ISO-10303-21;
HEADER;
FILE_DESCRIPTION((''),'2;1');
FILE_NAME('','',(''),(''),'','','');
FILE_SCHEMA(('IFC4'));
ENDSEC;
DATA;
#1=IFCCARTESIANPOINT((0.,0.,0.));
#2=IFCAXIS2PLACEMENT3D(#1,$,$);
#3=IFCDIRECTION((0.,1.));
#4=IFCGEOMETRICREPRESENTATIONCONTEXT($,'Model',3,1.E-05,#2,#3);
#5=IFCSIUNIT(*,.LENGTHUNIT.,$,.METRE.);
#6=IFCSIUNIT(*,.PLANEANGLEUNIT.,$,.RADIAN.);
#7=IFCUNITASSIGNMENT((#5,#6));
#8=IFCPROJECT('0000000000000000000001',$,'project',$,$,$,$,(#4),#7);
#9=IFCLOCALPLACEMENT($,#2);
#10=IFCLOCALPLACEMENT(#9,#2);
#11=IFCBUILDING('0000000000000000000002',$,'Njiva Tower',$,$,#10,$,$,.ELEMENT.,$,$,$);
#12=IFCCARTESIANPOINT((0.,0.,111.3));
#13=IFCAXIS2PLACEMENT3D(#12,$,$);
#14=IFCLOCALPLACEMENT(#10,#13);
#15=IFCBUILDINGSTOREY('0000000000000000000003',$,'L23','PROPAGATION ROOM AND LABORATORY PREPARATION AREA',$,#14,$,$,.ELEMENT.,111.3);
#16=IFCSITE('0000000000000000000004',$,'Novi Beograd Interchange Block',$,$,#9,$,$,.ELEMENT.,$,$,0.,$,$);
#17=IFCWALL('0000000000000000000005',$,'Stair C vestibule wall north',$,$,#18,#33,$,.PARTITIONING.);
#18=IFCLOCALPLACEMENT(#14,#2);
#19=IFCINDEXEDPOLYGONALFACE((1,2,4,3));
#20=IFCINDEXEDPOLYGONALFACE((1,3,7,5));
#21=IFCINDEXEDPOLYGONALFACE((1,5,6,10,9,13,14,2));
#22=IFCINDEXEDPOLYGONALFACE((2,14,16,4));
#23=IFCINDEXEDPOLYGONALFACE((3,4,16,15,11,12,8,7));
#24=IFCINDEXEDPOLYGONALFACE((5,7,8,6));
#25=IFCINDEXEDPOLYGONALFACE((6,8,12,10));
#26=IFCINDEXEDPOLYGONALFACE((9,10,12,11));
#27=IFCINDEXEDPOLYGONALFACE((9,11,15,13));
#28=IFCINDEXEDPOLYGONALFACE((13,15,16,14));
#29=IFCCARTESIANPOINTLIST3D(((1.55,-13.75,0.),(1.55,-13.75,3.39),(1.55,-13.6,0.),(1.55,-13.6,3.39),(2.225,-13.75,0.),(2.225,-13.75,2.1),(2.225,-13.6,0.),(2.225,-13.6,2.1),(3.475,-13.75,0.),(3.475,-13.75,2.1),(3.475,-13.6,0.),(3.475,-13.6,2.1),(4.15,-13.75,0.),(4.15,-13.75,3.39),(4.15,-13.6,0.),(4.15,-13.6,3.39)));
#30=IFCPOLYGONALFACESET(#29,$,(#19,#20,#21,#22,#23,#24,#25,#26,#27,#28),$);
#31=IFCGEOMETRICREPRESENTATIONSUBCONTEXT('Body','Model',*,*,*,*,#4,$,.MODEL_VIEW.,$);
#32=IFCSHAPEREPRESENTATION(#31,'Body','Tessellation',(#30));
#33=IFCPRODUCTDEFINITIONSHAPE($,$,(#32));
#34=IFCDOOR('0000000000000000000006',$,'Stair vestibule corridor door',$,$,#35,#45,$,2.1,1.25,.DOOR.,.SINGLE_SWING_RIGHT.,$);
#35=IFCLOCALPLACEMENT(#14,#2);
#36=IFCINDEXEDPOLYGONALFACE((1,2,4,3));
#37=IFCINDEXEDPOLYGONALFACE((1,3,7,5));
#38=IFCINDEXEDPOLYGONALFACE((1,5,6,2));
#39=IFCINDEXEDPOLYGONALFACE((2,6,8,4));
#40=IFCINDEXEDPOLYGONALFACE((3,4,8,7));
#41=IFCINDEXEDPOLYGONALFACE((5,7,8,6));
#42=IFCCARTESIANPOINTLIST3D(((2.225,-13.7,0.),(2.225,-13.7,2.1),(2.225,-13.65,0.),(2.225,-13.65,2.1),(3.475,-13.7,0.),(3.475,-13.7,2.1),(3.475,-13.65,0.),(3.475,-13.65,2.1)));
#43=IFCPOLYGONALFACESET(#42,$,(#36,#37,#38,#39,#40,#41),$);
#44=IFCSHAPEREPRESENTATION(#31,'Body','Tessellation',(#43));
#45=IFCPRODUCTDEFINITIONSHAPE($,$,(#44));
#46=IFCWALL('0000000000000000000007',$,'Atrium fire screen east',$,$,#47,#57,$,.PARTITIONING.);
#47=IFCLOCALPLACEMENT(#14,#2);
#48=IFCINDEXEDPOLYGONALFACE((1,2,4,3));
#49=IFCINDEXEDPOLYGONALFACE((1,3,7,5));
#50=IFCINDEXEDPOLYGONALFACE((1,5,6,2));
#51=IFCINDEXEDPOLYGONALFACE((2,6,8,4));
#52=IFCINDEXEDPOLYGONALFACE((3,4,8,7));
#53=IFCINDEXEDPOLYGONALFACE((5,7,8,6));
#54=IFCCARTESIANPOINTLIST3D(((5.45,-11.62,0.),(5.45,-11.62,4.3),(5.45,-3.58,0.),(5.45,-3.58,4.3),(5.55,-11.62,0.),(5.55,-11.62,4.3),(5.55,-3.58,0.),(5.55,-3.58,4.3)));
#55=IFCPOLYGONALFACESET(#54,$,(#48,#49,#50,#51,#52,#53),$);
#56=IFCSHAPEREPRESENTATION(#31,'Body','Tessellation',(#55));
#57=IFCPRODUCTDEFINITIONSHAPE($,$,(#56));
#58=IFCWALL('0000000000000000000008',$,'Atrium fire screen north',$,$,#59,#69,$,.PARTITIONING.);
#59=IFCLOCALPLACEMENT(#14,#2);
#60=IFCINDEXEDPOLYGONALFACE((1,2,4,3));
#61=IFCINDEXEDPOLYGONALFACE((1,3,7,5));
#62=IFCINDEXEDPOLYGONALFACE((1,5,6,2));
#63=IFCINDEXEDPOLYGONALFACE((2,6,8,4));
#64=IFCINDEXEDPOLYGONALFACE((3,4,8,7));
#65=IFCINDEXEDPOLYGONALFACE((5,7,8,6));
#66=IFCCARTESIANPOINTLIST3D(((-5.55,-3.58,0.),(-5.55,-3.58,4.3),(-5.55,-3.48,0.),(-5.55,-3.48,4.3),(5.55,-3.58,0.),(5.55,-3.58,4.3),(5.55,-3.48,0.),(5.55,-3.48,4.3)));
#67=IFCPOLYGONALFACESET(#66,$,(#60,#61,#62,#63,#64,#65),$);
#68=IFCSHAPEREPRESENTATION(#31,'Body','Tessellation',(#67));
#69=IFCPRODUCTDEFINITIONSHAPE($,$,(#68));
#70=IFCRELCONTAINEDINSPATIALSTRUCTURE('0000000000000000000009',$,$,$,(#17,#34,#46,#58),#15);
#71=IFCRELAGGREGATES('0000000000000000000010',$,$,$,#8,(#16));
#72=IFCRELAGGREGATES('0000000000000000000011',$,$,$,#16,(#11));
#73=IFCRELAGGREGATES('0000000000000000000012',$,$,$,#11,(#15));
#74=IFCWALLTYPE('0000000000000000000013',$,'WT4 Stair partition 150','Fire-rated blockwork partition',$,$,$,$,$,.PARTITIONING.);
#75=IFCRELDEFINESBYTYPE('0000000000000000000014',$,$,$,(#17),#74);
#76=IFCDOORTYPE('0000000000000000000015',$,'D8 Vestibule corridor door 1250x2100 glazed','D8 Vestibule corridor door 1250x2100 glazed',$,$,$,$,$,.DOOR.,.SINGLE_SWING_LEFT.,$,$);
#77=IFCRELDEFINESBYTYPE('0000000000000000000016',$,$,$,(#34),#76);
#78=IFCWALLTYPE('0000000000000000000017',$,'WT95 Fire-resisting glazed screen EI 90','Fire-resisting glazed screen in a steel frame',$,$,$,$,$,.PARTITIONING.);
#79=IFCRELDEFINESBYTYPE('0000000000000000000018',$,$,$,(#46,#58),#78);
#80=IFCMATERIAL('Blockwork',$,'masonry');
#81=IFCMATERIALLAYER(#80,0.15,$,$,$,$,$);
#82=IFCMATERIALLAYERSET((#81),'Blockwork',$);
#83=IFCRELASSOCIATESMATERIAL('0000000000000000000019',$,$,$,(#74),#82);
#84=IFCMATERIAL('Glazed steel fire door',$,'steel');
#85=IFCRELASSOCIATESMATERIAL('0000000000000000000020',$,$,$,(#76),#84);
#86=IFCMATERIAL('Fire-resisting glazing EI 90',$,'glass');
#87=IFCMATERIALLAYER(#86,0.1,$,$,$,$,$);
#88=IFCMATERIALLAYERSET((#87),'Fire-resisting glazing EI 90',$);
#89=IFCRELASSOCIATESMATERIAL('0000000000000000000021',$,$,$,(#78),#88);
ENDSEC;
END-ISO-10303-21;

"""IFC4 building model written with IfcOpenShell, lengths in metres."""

from ifc_helpers import new_model, si_unit, direction, frame, frame_2d, origin, place, context, subcontext, project, spatial, rectangle, extrude, material, layer, layer_set, type_object, element, fill, save


model = new_model("IFC4")

# Units and contexts
model_context = context("Model", 3, precision=1e-05, world=origin(), true_north=direction((0.0, 1.0)))
body_context = subcontext(model_context, "Body", "Model", "MODEL_VIEW")
ifc_project = project(units=[si_unit("LENGTHUNIT", "METRE"), si_unit("PLANEANGLEUNIT", "RADIAN")], contexts=[model_context])

# Site, building, storey
site_placement = place(None, origin())
site = spatial("IfcSite", under=ifc_project, at=site_placement, Name="Novi Beograd Interchange Block", CompositionType="ELEMENT", RefElevation=0.0)
building_placement = place(site_placement, origin())
building = spatial("IfcBuilding", under=site, at=building_placement, Name="Njiva Tower", CompositionType="ELEMENT")
storey_placement = place(building_placement, frame((0.0, 0.0, 111.3)))
storey = spatial("IfcBuildingStorey", under=building, at=storey_placement, Name="L23", Description="PROPAGATION ROOM AND LABORATORY PREPARATION AREA", CompositionType="ELEMENT", Elevation=111.3)

# Wall, opening, door
ifc_material_1 = material(Name="Blockwork", Category="masonry")
ifc_layer_1 = layer(ifc_material_1, 0.15)
ifc_layer_set_1 = layer_set([ifc_layer_1], Name="Blockwork")
wall_type_1 = type_object("IfcWallType", Name="WT4 Stair partition 150", Description="Fire-rated blockwork partition", PredefinedType="PARTITIONING", material=ifc_layer_set_1)
wall_1_placement = place(storey_placement, frame((1.55, -13.675, 0.0), z_axis=(0.0, 0.0, 1.0), x_axis=(1.0, 0.0, 0.0)))
wall_1 = element("IfcWall", 1, at=wall_1_placement, inside=storey, type_object=wall_type_1, Name="Stair C vestibule wall north", PredefinedType="PARTITIONING", context=body_context, shape_type="SweptSolid", body=[
    extrude(rectangle(XDim=2.6, YDim=0.15, at=frame_2d((1.3, 0.0))), origin(), (0.0, 0.0, 1.0), 3.39),
])
opening_1_placement = place(wall_1_placement, frame((0.675, 0.0, 0.0)))
opening_1 = element("IfcOpeningElement", 2, at=opening_1_placement, cuts=wall_1, PredefinedType="OPENING", context=body_context, shape_type="SweptSolid", body=[
    extrude(rectangle(XDim=1.25, YDim=2.1, at=frame_2d((0.625, 1.05))), frame((0.0, 0.085, 0.0), z_axis=(0.0, -1.0, 0.0), x_axis=(1.0, 0.0, 0.0)), (0.0, 0.0, 1.0), 0.17),
])
ifc_material_2 = material(Name="Glazed steel fire door", Category="steel")
door_type_1 = type_object("IfcDoorType", Name="D8 Vestibule corridor door 1250x2100 glazed", Description="D8 Vestibule corridor door 1250x2100 glazed", OperationType="SINGLE_SWING_LEFT", PredefinedType="DOOR", material=ifc_material_2)
door_1_placement = place(opening_1_placement, origin())
door_1 = element("IfcDoor", 3, at=door_1_placement, inside=storey, type_object=door_type_1, Name="Stair vestibule corridor door", OperationType="SINGLE_SWING_RIGHT", OverallHeight=2.1, OverallWidth=1.25, PredefinedType="DOOR", context=body_context, shape_type="SweptSolid", body=[
    extrude(rectangle(XDim=1.25, YDim=2.1, at=frame_2d((0.625, 1.05))), frame((0.0, 0.025, 0.0), z_axis=(0.0, -1.0, 0.0), x_axis=(1.0, 0.0, 0.0)), (0.0, 0.0, 1.0), 0.05),
])
fill(opening_1, door_1)

# Walls
ifc_material_3 = material(Name="Fire-resisting glazing EI 90", Category="glass")
ifc_layer_2 = layer(ifc_material_3, 0.1)
ifc_layer_set_2 = layer_set([ifc_layer_2], Name="Fire-resisting glazing EI 90")
wall_type_2 = type_object("IfcWallType", Name="WT95 Fire-resisting glazed screen EI 90", Description="Fire-resisting glazed screen in a steel frame", PredefinedType="PARTITIONING", material=ifc_layer_set_2)
wall_2_placement = place(storey_placement, frame((5.5, -11.62, 0.0), z_axis=(0.0, 0.0, 1.0), x_axis=(0.0, 1.0, 0.0)))
element("IfcWall", 4, at=wall_2_placement, inside=storey, type_object=wall_type_2, Name="Atrium fire screen east", PredefinedType="PARTITIONING", context=body_context, shape_type="SweptSolid", body=[
    extrude(rectangle(XDim=8.04, YDim=0.1, at=frame_2d((4.02, 0.0))), origin(), (0.0, 0.0, 1.0), 4.3),
])
wall_3_placement = place(storey_placement, frame((5.55, -3.53, 0.0), z_axis=(0.0, 0.0, 1.0), x_axis=(-1.0, 0.0, 0.0)))
element("IfcWall", 5, at=wall_3_placement, inside=storey, type_object=wall_type_2, Name="Atrium fire screen north", PredefinedType="PARTITIONING", context=body_context, shape_type="SweptSolid", body=[
    extrude(rectangle(XDim=11.1, YDim=0.1, at=frame_2d((5.55, 0.0))), origin(), (0.0, 0.0, 1.0), 4.3),
])

save(model, "model.ifc")
